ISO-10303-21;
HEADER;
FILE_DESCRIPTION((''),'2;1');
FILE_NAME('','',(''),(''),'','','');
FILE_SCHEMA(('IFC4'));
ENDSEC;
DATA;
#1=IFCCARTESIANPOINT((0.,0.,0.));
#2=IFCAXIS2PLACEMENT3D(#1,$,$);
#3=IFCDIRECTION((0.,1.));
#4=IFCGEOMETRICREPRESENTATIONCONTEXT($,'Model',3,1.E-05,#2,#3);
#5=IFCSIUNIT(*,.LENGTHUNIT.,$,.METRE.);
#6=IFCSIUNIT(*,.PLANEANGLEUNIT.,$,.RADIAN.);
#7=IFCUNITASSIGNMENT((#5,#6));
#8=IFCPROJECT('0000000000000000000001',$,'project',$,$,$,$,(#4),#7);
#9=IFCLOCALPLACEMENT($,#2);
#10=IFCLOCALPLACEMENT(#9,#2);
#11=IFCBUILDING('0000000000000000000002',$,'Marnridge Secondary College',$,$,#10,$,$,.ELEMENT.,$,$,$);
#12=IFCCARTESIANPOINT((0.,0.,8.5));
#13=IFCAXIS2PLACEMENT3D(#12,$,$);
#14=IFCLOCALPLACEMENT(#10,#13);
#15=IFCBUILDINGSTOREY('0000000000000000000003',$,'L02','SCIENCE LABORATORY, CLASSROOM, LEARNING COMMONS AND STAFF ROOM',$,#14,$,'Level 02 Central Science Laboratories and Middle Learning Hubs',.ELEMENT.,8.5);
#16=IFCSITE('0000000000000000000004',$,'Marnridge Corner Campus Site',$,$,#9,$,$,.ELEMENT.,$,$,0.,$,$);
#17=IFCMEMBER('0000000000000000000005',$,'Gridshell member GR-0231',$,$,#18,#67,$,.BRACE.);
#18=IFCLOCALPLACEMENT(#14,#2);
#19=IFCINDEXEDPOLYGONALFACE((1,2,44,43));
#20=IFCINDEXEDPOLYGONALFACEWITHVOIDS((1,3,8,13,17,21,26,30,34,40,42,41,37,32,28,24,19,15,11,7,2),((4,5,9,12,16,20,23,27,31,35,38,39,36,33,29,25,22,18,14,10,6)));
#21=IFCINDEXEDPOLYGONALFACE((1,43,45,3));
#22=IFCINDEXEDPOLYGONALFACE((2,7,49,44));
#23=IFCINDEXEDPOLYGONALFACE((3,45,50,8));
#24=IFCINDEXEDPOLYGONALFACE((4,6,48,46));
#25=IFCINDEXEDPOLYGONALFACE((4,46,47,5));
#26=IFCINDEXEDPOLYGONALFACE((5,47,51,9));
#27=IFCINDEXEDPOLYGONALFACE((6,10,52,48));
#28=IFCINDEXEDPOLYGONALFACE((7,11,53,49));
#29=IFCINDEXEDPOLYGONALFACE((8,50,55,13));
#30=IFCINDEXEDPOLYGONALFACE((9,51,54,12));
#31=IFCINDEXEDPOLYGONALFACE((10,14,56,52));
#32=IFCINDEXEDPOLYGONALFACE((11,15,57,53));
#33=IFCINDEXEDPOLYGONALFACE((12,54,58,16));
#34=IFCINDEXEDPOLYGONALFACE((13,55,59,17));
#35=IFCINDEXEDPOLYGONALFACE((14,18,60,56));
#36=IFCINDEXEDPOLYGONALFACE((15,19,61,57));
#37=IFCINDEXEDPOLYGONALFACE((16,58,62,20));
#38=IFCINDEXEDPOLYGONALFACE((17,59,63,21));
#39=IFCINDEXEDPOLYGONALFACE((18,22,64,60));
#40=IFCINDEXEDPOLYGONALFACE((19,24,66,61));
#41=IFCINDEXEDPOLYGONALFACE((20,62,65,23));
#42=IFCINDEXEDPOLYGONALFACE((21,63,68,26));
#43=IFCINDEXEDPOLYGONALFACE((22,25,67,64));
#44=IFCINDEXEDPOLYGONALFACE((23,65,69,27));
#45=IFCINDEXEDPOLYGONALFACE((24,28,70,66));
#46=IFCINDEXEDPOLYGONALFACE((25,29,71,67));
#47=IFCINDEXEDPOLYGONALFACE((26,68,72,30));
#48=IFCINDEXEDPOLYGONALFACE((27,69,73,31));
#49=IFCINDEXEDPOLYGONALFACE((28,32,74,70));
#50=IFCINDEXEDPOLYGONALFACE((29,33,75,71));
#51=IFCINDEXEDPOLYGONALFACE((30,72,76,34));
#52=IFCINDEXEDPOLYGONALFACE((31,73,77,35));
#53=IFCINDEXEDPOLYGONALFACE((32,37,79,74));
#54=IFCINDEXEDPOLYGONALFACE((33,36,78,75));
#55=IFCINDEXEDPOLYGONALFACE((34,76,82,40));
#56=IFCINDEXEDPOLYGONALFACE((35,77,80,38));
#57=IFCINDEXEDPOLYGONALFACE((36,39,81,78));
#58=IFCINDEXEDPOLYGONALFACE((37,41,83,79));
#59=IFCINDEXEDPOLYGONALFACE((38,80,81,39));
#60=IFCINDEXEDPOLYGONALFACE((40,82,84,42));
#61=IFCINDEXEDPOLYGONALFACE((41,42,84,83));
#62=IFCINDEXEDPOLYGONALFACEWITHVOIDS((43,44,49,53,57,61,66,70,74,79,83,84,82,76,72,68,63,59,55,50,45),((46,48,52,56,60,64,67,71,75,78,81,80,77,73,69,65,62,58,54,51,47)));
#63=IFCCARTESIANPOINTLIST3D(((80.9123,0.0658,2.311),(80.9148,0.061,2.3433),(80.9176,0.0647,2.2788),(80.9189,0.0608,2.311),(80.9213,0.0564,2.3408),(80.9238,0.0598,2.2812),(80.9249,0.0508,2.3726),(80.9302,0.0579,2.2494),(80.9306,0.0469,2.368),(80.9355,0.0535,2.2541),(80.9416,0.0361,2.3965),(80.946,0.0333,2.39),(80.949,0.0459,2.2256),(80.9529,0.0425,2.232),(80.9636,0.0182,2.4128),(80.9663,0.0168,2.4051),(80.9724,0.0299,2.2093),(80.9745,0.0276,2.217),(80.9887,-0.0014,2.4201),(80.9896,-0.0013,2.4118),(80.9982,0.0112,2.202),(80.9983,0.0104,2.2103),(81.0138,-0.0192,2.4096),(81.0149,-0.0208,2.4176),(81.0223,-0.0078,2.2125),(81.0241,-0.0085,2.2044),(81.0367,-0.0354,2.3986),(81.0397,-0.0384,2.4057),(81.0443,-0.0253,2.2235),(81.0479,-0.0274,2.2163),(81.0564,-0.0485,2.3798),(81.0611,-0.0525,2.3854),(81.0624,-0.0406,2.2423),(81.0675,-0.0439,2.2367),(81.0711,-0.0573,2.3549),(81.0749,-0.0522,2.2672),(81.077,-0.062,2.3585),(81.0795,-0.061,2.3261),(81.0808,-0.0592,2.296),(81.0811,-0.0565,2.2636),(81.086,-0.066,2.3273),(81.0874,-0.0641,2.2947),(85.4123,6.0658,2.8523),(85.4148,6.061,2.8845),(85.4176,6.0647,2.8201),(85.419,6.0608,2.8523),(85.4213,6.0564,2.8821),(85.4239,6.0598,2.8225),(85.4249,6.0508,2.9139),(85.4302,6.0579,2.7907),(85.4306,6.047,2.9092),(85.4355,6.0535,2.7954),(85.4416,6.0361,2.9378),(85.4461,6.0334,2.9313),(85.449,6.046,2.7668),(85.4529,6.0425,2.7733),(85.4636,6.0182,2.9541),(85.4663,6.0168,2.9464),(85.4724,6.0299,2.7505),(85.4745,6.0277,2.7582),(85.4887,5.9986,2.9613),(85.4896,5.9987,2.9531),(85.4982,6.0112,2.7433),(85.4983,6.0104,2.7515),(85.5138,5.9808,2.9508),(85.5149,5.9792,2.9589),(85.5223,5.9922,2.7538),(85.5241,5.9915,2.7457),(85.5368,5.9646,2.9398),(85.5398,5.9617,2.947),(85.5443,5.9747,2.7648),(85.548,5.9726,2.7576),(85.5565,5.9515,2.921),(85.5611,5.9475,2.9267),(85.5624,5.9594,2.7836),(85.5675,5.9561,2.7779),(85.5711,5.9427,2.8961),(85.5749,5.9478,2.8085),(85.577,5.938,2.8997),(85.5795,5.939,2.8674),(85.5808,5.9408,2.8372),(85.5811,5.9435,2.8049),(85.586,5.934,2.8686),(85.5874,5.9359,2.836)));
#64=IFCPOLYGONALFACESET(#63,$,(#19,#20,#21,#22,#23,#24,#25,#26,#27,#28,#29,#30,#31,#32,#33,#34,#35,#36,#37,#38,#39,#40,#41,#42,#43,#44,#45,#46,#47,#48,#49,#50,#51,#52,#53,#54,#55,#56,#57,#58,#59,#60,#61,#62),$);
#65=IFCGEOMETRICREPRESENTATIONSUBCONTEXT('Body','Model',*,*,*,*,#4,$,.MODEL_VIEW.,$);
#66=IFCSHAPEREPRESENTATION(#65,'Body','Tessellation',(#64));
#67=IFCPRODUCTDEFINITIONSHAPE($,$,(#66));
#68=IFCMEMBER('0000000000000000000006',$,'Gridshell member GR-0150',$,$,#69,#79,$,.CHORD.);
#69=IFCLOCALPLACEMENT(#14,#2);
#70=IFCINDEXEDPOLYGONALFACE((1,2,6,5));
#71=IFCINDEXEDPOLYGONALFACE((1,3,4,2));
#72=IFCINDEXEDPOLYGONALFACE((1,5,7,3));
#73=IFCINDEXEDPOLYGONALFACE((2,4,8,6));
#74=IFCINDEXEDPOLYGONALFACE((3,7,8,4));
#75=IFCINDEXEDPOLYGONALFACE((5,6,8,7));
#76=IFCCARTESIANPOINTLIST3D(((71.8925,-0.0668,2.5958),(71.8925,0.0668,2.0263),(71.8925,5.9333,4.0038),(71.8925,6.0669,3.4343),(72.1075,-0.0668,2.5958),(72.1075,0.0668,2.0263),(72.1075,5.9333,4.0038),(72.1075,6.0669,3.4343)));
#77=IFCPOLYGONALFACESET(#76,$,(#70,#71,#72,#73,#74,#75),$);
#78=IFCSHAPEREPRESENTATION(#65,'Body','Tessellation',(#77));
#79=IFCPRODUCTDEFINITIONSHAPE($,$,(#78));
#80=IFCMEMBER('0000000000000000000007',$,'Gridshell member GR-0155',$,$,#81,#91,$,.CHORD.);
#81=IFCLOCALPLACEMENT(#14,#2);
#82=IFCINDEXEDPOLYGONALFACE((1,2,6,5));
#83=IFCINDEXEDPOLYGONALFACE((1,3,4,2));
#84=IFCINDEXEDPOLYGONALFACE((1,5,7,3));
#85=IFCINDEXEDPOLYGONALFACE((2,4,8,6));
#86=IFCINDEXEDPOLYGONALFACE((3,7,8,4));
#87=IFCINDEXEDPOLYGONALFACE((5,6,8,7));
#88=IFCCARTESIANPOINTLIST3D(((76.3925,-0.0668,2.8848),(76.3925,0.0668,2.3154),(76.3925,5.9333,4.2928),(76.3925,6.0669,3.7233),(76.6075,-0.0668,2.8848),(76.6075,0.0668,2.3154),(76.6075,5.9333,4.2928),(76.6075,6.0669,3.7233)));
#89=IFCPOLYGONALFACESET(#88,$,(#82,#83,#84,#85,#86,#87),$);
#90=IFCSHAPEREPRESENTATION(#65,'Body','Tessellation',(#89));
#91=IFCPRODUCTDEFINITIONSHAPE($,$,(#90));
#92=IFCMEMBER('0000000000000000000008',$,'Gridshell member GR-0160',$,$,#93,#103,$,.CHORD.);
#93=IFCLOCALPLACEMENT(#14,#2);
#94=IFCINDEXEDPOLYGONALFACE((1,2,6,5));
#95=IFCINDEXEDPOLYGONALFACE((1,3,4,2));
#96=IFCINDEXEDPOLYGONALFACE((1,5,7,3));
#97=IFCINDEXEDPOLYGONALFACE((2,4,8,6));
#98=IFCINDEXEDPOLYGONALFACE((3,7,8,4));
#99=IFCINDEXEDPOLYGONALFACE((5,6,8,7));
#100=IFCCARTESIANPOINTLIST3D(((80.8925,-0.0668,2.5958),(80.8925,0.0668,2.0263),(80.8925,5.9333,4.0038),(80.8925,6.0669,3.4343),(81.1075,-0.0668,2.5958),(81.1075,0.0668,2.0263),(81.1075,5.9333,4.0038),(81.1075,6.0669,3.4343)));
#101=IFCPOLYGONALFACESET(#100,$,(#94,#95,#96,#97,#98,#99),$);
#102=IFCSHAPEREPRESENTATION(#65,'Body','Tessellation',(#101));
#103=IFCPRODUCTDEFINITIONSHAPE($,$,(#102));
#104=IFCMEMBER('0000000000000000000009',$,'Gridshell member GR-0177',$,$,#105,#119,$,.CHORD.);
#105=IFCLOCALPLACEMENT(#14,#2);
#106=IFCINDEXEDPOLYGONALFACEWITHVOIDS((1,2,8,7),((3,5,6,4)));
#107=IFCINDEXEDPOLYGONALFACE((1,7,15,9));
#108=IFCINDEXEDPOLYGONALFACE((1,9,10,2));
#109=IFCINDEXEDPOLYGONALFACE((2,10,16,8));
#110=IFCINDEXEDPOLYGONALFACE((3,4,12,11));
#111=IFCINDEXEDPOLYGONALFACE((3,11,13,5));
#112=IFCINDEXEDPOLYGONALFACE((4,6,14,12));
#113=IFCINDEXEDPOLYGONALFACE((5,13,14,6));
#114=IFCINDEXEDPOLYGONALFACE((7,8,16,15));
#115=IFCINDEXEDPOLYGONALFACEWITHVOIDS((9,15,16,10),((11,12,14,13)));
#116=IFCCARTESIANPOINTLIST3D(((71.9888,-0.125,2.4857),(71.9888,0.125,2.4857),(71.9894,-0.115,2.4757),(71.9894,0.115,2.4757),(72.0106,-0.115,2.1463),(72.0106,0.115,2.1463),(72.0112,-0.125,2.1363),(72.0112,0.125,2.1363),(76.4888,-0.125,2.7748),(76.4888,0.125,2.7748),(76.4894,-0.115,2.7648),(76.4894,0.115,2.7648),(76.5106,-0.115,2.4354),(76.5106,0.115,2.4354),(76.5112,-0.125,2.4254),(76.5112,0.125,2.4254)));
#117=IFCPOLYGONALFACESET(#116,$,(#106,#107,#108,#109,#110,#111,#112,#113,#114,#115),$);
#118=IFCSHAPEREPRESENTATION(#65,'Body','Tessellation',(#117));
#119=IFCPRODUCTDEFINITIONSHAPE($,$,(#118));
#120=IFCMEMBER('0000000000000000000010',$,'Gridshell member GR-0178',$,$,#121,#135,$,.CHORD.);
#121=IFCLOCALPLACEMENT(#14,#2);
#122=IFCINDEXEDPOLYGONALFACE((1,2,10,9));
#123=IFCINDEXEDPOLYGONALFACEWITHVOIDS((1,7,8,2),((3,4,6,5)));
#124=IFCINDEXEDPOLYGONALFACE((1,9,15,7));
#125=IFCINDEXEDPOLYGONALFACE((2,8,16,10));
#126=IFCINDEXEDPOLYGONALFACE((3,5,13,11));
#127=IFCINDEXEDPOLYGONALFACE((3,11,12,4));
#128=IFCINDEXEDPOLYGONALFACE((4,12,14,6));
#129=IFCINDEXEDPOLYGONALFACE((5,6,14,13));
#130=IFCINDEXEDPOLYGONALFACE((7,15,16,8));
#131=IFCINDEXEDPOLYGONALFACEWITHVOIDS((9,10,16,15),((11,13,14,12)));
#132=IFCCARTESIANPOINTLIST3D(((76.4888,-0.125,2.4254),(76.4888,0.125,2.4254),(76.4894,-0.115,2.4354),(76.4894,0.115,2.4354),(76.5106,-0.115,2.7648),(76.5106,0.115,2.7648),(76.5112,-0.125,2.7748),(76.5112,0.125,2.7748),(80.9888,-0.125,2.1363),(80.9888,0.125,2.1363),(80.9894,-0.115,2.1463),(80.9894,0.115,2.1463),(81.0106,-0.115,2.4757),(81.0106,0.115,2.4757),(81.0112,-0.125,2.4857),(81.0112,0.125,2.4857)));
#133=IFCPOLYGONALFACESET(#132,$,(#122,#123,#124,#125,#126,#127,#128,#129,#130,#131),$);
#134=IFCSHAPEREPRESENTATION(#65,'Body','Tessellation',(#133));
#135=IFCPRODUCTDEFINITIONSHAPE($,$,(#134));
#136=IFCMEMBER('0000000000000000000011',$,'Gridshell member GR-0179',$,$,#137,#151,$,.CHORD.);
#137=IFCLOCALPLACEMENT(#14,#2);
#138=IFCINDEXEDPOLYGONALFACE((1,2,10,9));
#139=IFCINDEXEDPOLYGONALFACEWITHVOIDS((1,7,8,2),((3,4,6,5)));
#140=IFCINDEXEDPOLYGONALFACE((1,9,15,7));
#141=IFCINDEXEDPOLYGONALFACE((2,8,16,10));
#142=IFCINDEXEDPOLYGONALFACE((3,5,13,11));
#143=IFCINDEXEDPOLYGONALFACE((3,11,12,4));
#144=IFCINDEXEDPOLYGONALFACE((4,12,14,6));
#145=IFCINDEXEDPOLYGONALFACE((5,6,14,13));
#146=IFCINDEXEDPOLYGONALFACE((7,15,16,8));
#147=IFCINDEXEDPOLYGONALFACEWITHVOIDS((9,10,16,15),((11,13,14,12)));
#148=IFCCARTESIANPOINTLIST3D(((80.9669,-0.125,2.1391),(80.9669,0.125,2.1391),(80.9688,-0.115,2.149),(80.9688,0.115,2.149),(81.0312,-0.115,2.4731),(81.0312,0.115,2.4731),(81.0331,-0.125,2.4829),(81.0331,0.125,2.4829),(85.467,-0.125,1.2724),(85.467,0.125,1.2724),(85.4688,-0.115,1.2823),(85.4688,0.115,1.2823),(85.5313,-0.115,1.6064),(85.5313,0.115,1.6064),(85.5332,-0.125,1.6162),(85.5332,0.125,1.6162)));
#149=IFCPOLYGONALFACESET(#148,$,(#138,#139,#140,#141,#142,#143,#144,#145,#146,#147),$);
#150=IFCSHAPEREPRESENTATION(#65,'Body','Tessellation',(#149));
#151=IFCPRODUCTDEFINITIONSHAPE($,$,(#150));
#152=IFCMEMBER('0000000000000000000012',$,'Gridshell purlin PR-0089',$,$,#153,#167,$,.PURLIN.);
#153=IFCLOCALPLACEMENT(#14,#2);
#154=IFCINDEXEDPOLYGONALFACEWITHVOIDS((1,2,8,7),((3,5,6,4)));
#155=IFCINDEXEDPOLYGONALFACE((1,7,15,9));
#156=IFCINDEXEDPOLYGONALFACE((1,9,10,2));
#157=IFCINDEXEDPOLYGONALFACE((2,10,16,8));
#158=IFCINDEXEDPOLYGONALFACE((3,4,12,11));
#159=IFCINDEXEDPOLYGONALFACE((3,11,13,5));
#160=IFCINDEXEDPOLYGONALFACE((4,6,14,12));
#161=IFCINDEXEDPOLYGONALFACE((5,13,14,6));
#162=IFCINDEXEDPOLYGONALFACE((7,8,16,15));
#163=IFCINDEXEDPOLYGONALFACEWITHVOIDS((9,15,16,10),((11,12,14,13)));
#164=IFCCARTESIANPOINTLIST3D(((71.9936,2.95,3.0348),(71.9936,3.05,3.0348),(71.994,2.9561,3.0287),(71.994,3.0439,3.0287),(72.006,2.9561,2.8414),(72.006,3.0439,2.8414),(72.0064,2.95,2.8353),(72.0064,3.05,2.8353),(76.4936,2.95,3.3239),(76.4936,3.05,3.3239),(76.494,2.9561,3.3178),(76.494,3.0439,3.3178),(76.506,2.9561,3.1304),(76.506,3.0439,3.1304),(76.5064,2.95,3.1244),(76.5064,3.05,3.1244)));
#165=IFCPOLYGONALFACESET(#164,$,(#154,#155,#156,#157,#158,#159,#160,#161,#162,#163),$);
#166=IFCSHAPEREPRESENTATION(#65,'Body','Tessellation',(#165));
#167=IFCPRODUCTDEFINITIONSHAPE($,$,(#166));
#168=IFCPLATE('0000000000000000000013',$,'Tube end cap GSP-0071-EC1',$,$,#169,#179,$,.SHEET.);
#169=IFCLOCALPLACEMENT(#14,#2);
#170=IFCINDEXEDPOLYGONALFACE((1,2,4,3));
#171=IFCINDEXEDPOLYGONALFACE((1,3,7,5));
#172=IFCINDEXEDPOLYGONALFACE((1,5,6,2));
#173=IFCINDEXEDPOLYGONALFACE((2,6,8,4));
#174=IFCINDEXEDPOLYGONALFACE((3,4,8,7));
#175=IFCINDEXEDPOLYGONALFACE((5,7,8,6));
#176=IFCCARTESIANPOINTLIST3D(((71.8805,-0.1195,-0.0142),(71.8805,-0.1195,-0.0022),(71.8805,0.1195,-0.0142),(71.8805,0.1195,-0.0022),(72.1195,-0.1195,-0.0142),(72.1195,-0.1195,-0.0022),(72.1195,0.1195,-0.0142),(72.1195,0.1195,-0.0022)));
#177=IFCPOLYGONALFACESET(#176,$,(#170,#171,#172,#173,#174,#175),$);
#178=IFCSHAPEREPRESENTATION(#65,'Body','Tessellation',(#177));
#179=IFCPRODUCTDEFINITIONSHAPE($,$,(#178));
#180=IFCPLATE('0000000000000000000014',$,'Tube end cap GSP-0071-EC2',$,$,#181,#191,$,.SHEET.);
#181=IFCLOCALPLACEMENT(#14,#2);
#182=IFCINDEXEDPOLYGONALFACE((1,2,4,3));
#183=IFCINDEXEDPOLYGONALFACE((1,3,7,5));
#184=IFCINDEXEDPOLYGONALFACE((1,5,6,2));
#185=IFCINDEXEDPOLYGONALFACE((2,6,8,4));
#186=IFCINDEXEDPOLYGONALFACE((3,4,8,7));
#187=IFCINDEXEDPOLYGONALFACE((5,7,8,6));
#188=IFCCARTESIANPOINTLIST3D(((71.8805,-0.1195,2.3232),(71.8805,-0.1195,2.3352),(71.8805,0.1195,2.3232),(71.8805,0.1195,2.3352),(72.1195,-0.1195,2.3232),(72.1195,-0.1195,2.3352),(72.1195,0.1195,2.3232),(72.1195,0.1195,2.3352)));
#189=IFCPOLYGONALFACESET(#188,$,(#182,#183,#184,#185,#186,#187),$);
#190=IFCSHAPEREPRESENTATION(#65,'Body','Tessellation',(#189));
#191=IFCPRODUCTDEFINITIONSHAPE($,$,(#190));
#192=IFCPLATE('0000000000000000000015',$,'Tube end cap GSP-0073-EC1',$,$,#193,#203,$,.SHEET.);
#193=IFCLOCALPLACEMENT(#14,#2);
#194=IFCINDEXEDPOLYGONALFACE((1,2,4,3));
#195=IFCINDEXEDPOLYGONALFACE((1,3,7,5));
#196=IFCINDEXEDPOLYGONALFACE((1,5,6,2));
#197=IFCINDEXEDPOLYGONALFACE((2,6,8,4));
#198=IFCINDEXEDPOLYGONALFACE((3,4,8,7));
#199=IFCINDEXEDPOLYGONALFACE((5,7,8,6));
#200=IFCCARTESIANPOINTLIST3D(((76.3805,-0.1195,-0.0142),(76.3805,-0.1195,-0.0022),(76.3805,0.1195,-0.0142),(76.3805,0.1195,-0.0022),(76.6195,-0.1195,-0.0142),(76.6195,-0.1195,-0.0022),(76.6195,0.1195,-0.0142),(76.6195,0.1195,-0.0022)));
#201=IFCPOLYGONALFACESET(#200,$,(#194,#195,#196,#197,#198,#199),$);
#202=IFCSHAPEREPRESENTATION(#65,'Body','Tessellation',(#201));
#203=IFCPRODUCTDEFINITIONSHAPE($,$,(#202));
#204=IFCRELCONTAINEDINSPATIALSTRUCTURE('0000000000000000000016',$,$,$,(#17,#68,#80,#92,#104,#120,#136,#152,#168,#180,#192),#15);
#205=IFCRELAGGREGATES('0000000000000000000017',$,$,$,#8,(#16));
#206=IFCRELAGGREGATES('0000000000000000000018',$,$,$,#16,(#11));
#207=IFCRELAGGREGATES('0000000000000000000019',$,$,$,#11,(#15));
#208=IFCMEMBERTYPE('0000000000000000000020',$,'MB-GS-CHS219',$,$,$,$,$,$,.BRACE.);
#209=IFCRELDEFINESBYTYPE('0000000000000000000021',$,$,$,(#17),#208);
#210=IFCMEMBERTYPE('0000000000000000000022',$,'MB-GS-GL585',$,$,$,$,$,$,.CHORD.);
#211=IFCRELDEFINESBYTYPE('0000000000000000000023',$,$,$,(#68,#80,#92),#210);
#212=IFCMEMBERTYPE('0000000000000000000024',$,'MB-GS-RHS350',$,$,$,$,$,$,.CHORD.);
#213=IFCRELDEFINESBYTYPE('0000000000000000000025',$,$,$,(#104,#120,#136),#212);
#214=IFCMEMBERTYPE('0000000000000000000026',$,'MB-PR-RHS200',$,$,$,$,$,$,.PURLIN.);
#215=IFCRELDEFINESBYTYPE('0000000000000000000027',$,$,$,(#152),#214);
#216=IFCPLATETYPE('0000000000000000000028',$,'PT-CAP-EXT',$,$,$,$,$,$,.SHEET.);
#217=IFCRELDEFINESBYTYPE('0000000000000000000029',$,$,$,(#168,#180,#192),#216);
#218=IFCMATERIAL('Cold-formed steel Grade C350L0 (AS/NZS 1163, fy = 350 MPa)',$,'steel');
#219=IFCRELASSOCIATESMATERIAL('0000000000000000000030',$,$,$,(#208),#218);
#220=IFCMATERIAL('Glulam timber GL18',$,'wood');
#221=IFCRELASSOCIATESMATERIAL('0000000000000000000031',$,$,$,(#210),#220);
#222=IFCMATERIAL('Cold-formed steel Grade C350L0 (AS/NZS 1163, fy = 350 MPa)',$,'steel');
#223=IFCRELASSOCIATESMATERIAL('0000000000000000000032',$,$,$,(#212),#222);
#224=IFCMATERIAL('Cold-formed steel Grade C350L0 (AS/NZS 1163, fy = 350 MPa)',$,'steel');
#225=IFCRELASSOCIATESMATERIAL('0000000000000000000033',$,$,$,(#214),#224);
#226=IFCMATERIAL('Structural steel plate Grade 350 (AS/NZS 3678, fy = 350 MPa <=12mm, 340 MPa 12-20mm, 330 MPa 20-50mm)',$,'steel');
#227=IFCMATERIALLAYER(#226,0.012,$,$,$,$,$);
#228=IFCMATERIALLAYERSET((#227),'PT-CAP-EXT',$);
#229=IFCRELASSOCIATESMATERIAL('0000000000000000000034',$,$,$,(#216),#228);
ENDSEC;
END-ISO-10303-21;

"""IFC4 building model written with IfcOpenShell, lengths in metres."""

from ifc_helpers import new_model, si_unit, direction, frame, origin, origin_2d, place, context, subcontext, project, spatial, rectangle, hollow_rectangle, hollow_circle, extrude, material, layer, layer_set, material_profile, profile_set, type_object, element, save


model = new_model("IFC4")

# Units and contexts
model_context = context("Model", 3, precision=1e-05, world=origin(), true_north=direction((0.0, 1.0)))
body_context = subcontext(model_context, "Body", "Model", "MODEL_VIEW")
ifc_project = project(units=[si_unit("LENGTHUNIT", "METRE"), si_unit("PLANEANGLEUNIT", "RADIAN")], contexts=[model_context])

# Site, building, storey
site_placement = place(None, origin())
site = spatial("IfcSite", under=ifc_project, at=site_placement, Name="Marnridge Corner Campus Site", CompositionType="ELEMENT", RefElevation=0.0)
building_placement = place(site_placement, origin())
building = spatial("IfcBuilding", under=site, at=building_placement, Name="Marnridge Secondary College", CompositionType="ELEMENT")
storey_placement = place(building_placement, frame((0.0, 0.0, 8.5)))
storey = spatial("IfcBuildingStorey", under=building, at=storey_placement, Name="L02", Description="SCIENCE LABORATORY, CLASSROOM, LEARNING COMMONS AND STAFF ROOM", LongName="Level 02 Central Science Laboratories and Middle Learning Hubs", CompositionType="ELEMENT", Elevation=8.5)

# Members
ifc_material_1 = material(Name="Cold-formed steel Grade C350L0 (AS/NZS 1163, fy = 350 MPa)", Category="steel")
ifc_material_profile_1 = material_profile(ifc_material_1, hollow_circle(Radius=0.1096, WallThickness=0.0083, at=origin_2d()), Name="219.1x8.2CHS")
ifc_profile_set_1 = profile_set([ifc_material_profile_1], Name="Cold-formed steel Grade C350L0 (AS/NZS 1163, fy = 350 MPa)")
member_type_1 = type_object("IfcMemberType", Name="MB-GS-CHS219", PredefinedType="BRACE", material=ifc_profile_set_1)
member_1_placement = place(storey_placement, frame((81.0, 0.0, 2.311), z_axis=(0.598444, 0.797925, 0.071981), x_axis=(-0.8, 0.6, 0.0)))
element("IfcMember", 1, at=member_1_placement, inside=storey, type_object=member_type_1, Name="Gridshell member GR-0231", PredefinedType="BRACE", context=body_context, shape_type="SweptSolid", body=[
    extrude(hollow_circle(Radius=0.1096, WallThickness=0.0083, at=origin_2d()), origin(), (0.0, 0.0, 1.0), 7.5195),
])
ifc_material_2 = material(Name="Glulam timber GL18", Category="wood")
ifc_material_profile_2 = material_profile(ifc_material_2, rectangle(XDim=0.2151, YDim=0.585, at=origin_2d()), Name="GL18 215x585")
ifc_profile_set_2 = profile_set([ifc_material_profile_2], Name="Glulam timber GL18")
member_type_2 = type_object("IfcMemberType", Name="MB-GS-GL585", PredefinedType="CHORD", material=ifc_profile_set_2)
for number, where, z_axis, x_axis, name in (
    (2, (72.0, 0.0, 2.311), (0.0, 0.973555, 0.228454), (-1.0, 0.0, 0.0), "Gridshell member GR-0150"),
    (3, (76.5, 0.0, 2.6001), (0.0, 0.973555, 0.228454), (-1.0, 0.0, 0.0), "Gridshell member GR-0155"),
    (4, (81.0, 0.0, 2.311), (0.0, 0.973555, 0.228454), (-1.0, 0.0, 0.0), "Gridshell member GR-0160"),
):
    element("IfcMember", number, at=place(storey_placement, frame(where, z_axis=z_axis, x_axis=x_axis)), inside=storey, type_object=member_type_2, Name=name, PredefinedType="CHORD", context=body_context, shape_type="SweptSolid", body=[
        extrude(rectangle(XDim=0.2151, YDim=0.585, at=origin_2d()), origin(), (0.0, 0.0, 1.0), 6.1631),
    ])
ifc_material_3 = material(Name="Cold-formed steel Grade C350L0 (AS/NZS 1163, fy = 350 MPa)", Category="steel")
ifc_material_profile_3 = material_profile(ifc_material_3, hollow_rectangle(XDim=0.25, YDim=0.3501, WallThickness=0.01, at=origin_2d()), Name="350x250x10.0RHS")
ifc_profile_set_3 = profile_set([ifc_material_profile_3], Name="Cold-formed steel Grade C350L0 (AS/NZS 1163, fy = 350 MPa)")
member_type_3 = type_object("IfcMemberType", Name="MB-GS-RHS350", PredefinedType="CHORD", material=ifc_profile_set_3)
for number, where, z_axis, x_axis, name in (
    (5, (72.0, 0.0, 2.311), (0.997943, 0.0, 0.064104), (0.0, 1.0, 0.0), "Gridshell member GR-0177"),
    (6, (76.5, 0.0, 2.6001), (0.997943, 0.0, -0.064104), (0.0, 1.0, 0.0), "Gridshell member GR-0178"),
):
    element("IfcMember", number, at=place(storey_placement, frame(where, z_axis=z_axis, x_axis=x_axis)), inside=storey, type_object=member_type_3, Name=name, PredefinedType="CHORD", context=body_context, shape_type="SweptSolid", body=[
        extrude(hollow_rectangle(XDim=0.25, YDim=0.3501, WallThickness=0.01, at=origin_2d()), origin(), (0.0, 0.0, 1.0), 4.5093),
    ])
member_2_placement = place(storey_placement, frame((81.0, 0.0, 2.311), z_axis=(0.981953, 0.0, -0.189124), x_axis=(0.0, 1.0, 0.0)))
element("IfcMember", 7, at=member_2_placement, inside=storey, type_object=member_type_3, Name="Gridshell member GR-0179", PredefinedType="CHORD", context=body_context, shape_type="SweptSolid", body=[
    extrude(hollow_rectangle(XDim=0.25, YDim=0.3501, WallThickness=0.01, at=origin_2d()), origin(), (0.0, 0.0, 1.0), 4.5828),
])
ifc_material_4 = material(Name="Cold-formed steel Grade C350L0 (AS/NZS 1163, fy = 350 MPa)", Category="steel")
ifc_material_profile_4 = material_profile(ifc_material_4, hollow_rectangle(XDim=0.1001, YDim=0.2, WallThickness=0.0061, at=origin_2d()), Name="200x100x6.0RHS")
ifc_profile_set_4 = profile_set([ifc_material_profile_4], Name="Cold-formed steel Grade C350L0 (AS/NZS 1163, fy = 350 MPa)")
member_type_4 = type_object("IfcMemberType", Name="MB-PR-RHS200", PredefinedType="PURLIN", material=ifc_profile_set_4)
member_3_placement = place(storey_placement, frame((72.0, 3.0, 2.9351), z_axis=(0.997943, 0.0, 0.064104), x_axis=(0.0, 1.0, 0.0)))
element("IfcMember", 8, at=member_3_placement, inside=storey, type_object=member_type_4, Name="Gridshell purlin PR-0089", PredefinedType="PURLIN", context=body_context, shape_type="SweptSolid", body=[
    extrude(hollow_rectangle(XDim=0.1001, YDim=0.2, WallThickness=0.0061, at=origin_2d()), origin(), (0.0, 0.0, 1.0), 4.5093),
])

# Plates
ifc_material_5 = material(Name="Structural steel plate Grade 350 (AS/NZS 3678, fy = 350 MPa <=12mm, 340 MPa 12-20mm, 330 MPa 20-50mm)", Category="steel")
ifc_layer_1 = layer(ifc_material_5, 0.012)
ifc_layer_set_1 = layer_set([ifc_layer_1], Name="PT-CAP-EXT")
plate_type = type_object("IfcPlateType", Name="PT-CAP-EXT", PredefinedType="SHEET", material=ifc_layer_set_1)
for number, where, z_axis, x_axis, name in (
    (9, (72.0, 0.0, -0.0142), (0.0, 0.0, 1.0), (1.0, 0.0, 0.0), "Tube end cap GSP-0071-EC1"),
    (10, (72.0, 0.0, 2.3232), (0.0, 0.0, 1.0), (1.0, 0.0, 0.0), "Tube end cap GSP-0071-EC2"),
    (11, (76.5, 0.0, -0.0142), (0.0, 0.0, 1.0), (1.0, 0.0, 0.0), "Tube end cap GSP-0073-EC1"),
):
    element("IfcPlate", number, at=place(storey_placement, frame(where, z_axis=z_axis, x_axis=x_axis)), inside=storey, type_object=plate_type, Name=name, PredefinedType="SHEET", context=body_context, shape_type="SweptSolid", body=[
        extrude(rectangle(XDim=0.239, YDim=0.239, at=origin_2d()), origin(), (0.0, 0.0, 1.0), 0.012),
    ])

save(model, "model.ifc")
